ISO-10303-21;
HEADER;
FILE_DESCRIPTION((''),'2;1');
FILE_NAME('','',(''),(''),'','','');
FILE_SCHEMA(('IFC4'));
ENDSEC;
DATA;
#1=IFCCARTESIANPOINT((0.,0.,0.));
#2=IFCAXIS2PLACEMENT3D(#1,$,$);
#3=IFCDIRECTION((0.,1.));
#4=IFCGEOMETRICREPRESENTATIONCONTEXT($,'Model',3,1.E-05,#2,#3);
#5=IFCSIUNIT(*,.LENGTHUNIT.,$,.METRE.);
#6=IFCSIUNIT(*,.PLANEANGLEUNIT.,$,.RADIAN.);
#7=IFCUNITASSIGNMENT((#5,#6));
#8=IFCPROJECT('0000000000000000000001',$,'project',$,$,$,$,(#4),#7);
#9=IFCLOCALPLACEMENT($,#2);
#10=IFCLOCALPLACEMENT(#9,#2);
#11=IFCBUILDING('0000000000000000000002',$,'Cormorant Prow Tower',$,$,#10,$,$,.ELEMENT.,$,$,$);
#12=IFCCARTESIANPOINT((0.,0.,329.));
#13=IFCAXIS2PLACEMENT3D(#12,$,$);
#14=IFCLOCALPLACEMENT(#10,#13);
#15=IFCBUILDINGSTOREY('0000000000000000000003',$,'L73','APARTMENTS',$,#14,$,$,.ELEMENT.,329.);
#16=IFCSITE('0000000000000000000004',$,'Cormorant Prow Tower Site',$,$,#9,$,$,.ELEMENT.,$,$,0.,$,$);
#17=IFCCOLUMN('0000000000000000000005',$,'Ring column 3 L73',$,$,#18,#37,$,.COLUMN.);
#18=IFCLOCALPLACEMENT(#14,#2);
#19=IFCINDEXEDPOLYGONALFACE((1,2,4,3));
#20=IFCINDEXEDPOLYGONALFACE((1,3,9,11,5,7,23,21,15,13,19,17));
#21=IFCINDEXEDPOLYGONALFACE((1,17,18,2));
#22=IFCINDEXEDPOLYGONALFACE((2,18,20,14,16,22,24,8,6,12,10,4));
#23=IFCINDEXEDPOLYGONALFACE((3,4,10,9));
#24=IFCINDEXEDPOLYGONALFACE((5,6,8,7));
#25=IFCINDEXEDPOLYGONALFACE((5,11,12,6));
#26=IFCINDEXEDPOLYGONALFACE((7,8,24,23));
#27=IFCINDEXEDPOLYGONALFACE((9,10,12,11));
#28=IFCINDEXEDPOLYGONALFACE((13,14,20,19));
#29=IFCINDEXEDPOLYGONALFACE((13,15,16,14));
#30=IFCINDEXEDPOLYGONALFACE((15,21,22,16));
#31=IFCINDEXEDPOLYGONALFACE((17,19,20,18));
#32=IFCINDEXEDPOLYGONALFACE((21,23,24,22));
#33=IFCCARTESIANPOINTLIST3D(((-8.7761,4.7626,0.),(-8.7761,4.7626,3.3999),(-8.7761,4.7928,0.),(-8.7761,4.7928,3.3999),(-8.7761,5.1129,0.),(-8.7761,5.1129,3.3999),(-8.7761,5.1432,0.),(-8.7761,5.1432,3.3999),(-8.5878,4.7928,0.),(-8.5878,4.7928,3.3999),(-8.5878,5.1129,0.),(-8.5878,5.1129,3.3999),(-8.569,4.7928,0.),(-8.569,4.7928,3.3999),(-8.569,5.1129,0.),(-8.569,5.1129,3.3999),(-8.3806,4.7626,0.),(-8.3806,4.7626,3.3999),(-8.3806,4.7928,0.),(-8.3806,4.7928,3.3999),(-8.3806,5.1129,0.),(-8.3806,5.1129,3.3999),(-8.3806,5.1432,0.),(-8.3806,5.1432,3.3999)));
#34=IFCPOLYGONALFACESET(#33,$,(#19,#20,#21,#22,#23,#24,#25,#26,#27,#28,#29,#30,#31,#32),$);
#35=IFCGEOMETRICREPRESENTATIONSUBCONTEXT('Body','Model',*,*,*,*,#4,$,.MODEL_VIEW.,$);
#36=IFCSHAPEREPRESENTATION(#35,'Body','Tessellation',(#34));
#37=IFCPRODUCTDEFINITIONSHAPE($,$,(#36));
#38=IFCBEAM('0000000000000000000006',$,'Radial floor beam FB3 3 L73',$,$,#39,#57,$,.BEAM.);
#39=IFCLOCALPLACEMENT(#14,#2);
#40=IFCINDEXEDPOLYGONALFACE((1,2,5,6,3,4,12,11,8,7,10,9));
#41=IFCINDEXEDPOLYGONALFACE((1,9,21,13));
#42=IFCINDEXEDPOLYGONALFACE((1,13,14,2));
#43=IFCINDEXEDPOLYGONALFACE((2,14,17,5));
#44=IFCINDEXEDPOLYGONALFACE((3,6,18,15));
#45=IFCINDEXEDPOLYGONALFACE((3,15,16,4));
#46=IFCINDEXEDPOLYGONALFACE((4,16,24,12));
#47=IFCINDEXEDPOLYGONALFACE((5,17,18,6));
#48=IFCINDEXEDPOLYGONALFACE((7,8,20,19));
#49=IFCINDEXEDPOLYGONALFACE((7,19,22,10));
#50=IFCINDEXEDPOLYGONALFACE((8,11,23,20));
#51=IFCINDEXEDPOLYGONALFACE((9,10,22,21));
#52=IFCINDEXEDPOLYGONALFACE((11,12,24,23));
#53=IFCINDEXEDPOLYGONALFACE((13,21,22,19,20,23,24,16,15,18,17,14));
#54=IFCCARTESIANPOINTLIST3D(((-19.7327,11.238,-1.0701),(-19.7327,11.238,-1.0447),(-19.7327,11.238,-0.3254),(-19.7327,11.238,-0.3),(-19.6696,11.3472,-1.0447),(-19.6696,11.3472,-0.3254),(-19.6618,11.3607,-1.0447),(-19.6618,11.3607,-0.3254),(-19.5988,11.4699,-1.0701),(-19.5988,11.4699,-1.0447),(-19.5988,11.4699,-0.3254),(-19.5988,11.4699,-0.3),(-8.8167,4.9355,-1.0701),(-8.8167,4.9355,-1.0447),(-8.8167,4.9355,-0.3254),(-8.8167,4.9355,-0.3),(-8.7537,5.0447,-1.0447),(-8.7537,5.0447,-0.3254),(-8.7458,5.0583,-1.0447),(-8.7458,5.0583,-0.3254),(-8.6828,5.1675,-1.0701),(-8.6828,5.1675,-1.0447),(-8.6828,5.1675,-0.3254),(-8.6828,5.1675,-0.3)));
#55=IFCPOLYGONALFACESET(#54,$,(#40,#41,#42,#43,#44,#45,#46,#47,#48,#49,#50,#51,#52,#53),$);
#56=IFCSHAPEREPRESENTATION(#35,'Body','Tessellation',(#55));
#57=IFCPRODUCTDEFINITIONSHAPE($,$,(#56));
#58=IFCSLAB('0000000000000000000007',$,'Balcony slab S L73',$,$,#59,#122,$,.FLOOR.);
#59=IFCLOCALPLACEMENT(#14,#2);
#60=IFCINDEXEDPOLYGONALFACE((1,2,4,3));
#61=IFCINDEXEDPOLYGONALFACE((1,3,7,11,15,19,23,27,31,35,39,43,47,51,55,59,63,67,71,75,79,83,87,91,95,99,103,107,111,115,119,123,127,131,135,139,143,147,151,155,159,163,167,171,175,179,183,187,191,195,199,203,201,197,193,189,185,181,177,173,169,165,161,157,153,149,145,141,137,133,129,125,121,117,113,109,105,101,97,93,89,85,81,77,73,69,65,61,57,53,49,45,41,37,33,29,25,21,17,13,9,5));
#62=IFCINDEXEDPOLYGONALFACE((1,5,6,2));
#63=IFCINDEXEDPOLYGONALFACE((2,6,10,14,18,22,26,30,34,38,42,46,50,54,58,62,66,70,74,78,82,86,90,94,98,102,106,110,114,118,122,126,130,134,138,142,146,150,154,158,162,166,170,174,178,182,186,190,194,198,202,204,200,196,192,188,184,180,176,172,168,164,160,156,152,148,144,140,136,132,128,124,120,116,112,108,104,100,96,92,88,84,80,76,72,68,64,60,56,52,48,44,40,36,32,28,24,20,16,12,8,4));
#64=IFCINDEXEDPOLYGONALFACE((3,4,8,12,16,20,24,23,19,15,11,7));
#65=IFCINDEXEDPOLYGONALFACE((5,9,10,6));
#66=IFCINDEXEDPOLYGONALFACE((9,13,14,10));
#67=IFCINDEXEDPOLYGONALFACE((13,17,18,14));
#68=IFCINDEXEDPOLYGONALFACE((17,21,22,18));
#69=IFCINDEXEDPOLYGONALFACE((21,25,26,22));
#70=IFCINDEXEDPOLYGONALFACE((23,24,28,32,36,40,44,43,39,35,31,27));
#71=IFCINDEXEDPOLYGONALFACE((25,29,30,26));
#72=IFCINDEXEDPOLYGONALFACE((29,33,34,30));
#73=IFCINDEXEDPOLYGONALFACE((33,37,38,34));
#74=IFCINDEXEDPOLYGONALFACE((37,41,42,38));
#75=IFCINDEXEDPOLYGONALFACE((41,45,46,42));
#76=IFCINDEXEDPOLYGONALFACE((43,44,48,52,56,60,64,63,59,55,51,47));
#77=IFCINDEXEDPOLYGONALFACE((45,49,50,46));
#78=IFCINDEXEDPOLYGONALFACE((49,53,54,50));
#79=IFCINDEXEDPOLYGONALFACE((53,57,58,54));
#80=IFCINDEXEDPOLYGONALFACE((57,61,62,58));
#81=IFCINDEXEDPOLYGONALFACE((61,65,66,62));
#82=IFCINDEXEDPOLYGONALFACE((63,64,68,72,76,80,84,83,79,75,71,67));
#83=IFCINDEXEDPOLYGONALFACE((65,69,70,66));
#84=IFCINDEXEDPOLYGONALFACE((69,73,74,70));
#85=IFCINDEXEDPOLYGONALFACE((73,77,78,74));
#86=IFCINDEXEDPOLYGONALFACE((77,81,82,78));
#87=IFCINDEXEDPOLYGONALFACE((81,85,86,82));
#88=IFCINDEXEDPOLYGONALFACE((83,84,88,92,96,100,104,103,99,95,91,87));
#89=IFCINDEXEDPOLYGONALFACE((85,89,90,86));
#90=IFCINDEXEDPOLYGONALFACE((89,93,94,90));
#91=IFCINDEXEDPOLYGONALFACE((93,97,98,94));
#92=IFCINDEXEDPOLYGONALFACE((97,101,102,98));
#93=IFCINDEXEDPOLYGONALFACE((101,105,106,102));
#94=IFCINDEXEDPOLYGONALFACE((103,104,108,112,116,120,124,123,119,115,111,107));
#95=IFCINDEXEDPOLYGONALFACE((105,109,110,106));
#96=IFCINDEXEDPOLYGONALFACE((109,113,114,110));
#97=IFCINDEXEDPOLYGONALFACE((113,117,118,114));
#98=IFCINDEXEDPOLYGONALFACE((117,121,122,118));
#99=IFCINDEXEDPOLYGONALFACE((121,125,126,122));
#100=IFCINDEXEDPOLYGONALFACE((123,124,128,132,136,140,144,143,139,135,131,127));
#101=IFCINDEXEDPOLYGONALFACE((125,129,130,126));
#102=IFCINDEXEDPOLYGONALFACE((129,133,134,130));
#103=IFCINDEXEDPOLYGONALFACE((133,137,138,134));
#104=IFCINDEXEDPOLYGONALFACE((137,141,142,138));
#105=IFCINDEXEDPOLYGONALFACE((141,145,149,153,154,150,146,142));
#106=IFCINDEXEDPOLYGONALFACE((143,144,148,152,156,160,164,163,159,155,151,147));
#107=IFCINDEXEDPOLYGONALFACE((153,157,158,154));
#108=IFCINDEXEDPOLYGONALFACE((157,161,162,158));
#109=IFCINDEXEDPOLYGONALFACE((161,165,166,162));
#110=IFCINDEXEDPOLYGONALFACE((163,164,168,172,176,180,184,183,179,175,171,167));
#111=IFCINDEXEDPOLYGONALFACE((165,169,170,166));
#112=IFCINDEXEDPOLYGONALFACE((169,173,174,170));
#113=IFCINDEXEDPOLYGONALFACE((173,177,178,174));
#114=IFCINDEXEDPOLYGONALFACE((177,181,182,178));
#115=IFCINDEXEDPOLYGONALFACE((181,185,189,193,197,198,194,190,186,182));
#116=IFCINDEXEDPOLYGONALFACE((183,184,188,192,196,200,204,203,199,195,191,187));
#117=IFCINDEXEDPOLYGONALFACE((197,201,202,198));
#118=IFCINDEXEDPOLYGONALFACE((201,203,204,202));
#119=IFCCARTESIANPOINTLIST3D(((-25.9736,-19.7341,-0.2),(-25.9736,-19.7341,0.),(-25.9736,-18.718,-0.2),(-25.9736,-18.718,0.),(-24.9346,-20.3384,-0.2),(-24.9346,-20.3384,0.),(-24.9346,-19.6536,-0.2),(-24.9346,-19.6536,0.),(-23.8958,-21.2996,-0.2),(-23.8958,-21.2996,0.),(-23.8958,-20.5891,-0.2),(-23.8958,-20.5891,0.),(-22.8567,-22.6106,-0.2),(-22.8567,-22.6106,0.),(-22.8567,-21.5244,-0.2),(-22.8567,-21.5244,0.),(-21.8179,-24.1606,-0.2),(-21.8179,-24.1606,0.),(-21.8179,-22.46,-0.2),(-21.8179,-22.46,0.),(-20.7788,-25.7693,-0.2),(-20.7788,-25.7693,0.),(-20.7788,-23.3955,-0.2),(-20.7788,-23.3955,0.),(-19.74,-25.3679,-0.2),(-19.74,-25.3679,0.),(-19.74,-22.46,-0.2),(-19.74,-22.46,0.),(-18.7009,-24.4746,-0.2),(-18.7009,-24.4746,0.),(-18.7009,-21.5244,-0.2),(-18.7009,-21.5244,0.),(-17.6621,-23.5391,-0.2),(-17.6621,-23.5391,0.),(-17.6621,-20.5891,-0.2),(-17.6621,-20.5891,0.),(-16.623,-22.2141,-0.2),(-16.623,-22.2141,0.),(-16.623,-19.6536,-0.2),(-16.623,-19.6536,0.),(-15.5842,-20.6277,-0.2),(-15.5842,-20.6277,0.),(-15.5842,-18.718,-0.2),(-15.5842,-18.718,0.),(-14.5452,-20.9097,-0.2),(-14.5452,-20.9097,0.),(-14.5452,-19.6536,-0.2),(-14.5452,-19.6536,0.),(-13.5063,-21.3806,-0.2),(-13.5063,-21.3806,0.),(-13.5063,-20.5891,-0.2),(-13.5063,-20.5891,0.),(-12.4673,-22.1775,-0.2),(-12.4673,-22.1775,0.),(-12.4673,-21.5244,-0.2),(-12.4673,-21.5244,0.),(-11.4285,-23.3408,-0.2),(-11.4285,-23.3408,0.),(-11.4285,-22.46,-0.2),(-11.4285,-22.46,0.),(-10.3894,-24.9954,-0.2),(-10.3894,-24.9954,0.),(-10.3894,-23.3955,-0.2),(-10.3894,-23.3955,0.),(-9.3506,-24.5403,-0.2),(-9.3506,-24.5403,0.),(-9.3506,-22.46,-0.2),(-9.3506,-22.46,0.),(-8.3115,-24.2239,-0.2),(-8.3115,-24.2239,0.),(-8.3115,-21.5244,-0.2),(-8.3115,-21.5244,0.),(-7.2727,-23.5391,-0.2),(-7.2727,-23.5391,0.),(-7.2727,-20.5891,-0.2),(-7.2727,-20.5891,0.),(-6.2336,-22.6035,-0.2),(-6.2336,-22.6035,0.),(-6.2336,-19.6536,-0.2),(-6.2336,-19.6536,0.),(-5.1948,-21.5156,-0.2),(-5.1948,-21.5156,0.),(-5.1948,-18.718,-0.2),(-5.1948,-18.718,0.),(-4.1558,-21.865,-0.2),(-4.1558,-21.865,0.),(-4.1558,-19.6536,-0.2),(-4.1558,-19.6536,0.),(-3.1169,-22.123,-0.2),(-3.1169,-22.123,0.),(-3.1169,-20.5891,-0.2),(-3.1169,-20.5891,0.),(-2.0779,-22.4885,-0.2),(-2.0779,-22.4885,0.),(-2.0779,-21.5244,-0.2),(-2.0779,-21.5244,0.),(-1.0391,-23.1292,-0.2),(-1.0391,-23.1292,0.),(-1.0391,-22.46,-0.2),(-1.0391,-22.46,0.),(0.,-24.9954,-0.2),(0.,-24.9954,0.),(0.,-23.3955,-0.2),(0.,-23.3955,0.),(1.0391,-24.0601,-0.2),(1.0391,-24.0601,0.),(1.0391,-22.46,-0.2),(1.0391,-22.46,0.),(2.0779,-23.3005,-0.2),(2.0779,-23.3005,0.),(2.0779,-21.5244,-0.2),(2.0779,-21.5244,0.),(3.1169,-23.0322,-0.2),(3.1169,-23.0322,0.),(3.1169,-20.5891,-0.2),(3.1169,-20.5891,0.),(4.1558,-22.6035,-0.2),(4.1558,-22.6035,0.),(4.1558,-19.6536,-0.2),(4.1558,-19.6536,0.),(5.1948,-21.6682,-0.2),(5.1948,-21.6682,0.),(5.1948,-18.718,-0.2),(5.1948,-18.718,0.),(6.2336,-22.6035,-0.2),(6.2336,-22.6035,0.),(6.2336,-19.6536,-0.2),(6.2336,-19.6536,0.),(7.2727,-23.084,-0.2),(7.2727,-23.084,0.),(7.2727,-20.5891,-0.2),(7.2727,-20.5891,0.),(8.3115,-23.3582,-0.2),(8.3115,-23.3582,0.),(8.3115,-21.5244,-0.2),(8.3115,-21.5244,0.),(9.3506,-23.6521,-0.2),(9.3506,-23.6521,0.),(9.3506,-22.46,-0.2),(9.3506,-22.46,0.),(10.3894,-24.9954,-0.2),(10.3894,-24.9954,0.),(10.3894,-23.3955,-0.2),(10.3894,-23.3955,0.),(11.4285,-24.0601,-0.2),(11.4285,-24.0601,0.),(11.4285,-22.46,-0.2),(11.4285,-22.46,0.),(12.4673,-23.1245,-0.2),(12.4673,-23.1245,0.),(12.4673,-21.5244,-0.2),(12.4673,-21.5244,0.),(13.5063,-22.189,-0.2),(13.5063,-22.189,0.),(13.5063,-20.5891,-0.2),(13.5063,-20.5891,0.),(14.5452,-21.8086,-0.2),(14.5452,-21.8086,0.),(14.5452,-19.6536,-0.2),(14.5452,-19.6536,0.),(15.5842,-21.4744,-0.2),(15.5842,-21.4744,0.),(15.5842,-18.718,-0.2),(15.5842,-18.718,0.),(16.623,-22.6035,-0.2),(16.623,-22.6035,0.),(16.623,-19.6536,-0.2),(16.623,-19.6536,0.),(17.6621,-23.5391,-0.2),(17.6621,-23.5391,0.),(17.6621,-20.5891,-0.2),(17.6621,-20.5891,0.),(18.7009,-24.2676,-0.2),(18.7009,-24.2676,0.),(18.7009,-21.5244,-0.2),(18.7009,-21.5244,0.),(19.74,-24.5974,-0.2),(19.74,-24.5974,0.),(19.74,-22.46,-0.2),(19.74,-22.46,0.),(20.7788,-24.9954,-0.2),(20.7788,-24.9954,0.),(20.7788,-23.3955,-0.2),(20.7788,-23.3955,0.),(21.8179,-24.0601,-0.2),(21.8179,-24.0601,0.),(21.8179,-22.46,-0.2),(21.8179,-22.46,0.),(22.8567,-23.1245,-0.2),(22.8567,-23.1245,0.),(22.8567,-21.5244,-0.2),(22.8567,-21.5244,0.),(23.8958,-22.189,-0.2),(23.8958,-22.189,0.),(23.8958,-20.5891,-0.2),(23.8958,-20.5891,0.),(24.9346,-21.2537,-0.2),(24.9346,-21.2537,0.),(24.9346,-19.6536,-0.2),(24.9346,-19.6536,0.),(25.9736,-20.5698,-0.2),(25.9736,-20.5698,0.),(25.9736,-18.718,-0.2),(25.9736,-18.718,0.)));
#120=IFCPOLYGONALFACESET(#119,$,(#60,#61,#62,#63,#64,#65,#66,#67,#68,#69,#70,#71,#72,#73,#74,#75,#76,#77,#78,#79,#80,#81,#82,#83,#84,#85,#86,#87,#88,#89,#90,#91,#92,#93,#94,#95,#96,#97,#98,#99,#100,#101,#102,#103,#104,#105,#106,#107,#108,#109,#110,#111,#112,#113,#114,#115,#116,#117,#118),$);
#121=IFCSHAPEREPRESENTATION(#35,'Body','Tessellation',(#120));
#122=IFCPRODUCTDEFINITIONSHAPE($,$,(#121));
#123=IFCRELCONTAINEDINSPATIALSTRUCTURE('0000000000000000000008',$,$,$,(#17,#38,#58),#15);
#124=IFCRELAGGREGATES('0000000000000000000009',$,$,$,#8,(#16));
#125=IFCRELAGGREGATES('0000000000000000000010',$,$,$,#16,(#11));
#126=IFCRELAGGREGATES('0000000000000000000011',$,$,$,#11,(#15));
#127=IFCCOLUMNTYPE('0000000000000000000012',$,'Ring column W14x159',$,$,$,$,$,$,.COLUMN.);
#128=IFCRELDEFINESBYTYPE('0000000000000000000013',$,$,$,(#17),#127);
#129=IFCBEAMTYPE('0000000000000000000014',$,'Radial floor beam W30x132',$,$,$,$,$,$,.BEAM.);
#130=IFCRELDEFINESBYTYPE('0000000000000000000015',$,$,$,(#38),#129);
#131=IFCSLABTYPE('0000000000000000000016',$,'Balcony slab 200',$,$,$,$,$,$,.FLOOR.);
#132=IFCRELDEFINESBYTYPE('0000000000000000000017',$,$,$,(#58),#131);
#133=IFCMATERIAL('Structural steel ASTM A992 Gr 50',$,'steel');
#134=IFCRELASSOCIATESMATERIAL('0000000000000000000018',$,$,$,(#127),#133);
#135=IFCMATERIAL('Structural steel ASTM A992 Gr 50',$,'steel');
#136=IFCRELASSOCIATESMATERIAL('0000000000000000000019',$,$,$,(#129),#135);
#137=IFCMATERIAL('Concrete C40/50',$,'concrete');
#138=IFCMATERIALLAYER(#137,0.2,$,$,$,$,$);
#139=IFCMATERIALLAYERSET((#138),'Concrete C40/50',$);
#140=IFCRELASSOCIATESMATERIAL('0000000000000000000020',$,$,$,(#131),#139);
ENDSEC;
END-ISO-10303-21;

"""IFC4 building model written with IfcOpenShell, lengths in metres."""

from ifc_helpers import new_model, si_unit, direction, frame, origin, origin_2d, place, context, subcontext, project, spatial, polyline, i_section, outline, extrude, material, layer, layer_set, material_profile, profile_set, type_object, element, save


model = new_model("IFC4")

# Units and contexts
model_context = context("Model", 3, precision=1e-05, world=origin(), true_north=direction((0.0, 1.0)))
body_context = subcontext(model_context, "Body", "Model", "MODEL_VIEW")
ifc_project = project(units=[si_unit("LENGTHUNIT", "METRE"), si_unit("PLANEANGLEUNIT", "RADIAN")], contexts=[model_context])

# Site, building, storey
site_placement = place(None, origin())
site = spatial("IfcSite", under=ifc_project, at=site_placement, Name="Cormorant Prow Tower Site", CompositionType="ELEMENT", RefElevation=0.0)
building_placement = place(site_placement, origin())
building = spatial("IfcBuilding", under=site, at=building_placement, Name="Cormorant Prow Tower", CompositionType="ELEMENT")
storey_placement = place(building_placement, frame((0.0, 0.0, 329.0)))
storey = spatial("IfcBuildingStorey", under=building, at=storey_placement, Name="L73", Description="APARTMENTS", CompositionType="ELEMENT", Elevation=329.0)

# Column
ifc_material_1 = material(Name="Structural steel ASTM A992 Gr 50", Category="steel")
ifc_material_profile_1 = material_profile(ifc_material_1, i_section(OverallWidth=0.3955, OverallDepth=0.3806, WebThickness=0.0188, FlangeThickness=0.0303, at=origin_2d()), Name="W14x159")
ifc_profile_set_1 = profile_set([ifc_material_profile_1], Name="Structural steel ASTM A992 Gr 50")
column_type = type_object("IfcColumnType", Name="Ring column W14x159", PredefinedType="COLUMN", material=ifc_profile_set_1)
column_placement = place(storey_placement, frame((-8.5784, 4.9529, 0.0), z_axis=(0.0, 0.0, 1.0), x_axis=(1.0, 0.0, 0.0)))
element("IfcColumn", 1, at=column_placement, inside=storey, type_object=column_type, Name="Ring column 3 L73", PredefinedType="COLUMN", context=body_context, shape_type="SweptSolid", body=[
    extrude(i_section(OverallWidth=0.3955, OverallDepth=0.3806, WebThickness=0.0188, FlangeThickness=0.0303, at=origin_2d()), origin(), (0.0, 0.0, 1.0), 3.3999),
])

# Beam
ifc_material_2 = material(Name="Structural steel ASTM A992 Gr 50", Category="steel")
ifc_material_profile_2 = material_profile(ifc_material_2, i_section(OverallWidth=0.2678, OverallDepth=0.77, WebThickness=0.0156, FlangeThickness=0.0254, at=origin_2d()), Name="W30x132")
ifc_profile_set_2 = profile_set([ifc_material_profile_2], Name="Structural steel ASTM A992 Gr 50")
beam_type = type_object("IfcBeamType", Name="Radial floor beam W30x132", PredefinedType="BEAM", material=ifc_profile_set_2)
beam_placement = place(storey_placement, frame((-8.7498, 5.0515, -0.6851), z_axis=(-0.866021, 0.500007, 0.0), x_axis=(-0.500007, -0.866021, 0.0)))
element("IfcBeam", 2, at=beam_placement, inside=storey, type_object=beam_type, Name="Radial floor beam FB3 3 L73", PredefinedType="BEAM", context=body_context, shape_type="SweptSolid", body=[
    extrude(i_section(OverallWidth=0.2678, OverallDepth=0.77, WebThickness=0.0156, FlangeThickness=0.0254, at=origin_2d()), origin(), (0.0, 0.0, 1.0), 12.6047),
])

# Slab
ifc_material_3 = material(Name="Concrete C40/50", Category="concrete")
ifc_layer_1 = layer(ifc_material_3, 0.2)
ifc_layer_set_1 = layer_set([ifc_layer_1], Name="Concrete C40/50")
slab_type_1 = type_object("IfcSlabType", Name="Balcony slab 200", PredefinedType="FLOOR", material=ifc_layer_set_1)
slab_1_placement = place(storey_placement, frame((0.0, 0.0, -0.2)))
element("IfcSlab", 3, at=slab_1_placement, inside=storey, type_object=slab_type_1, Name="Balcony slab S L73", PredefinedType="FLOOR", context=body_context, shape_type="SweptSolid", body=[
    extrude(outline(polyline([(-25.9736, -18.718), (-25.9736, -19.7341), (-24.9346, -20.3384), (-23.8958, -21.2996), (-22.8567, -22.6106), (-21.8179, -24.1606), (-20.7788, -25.7693), (-19.74, -25.3679), (-18.7009, -24.4746), (-17.6621, -23.5391), (-16.623, -22.2141), (-15.5842, -20.6277), (-14.5452, -20.9097), (-13.5063, -21.3806), (-12.4673, -22.1775), (-11.4285, -23.3408), (-10.3894, -24.9954), (-9.3506, -24.5403), (-8.3115, -24.2239), (-7.2727, -23.5391), (-6.2336, -22.6035), (-5.1948, -21.5156), (-4.1558, -21.865), (-3.1169, -22.123), (-2.0779, -22.4885), (-1.0391, -23.1292), (0.0, -24.9954), (1.0391, -24.0601), (2.0779, -23.3005), (3.1169, -23.0322), (4.1558, -22.6035), (5.1948, -21.6682), (6.2336, -22.6035), (7.2727, -23.084), (8.3115, -23.3582), (9.3506, -23.6521), (10.3894, -24.9954), (11.4285, -24.0601), (12.4673, -23.1245), (13.5063, -22.189), (14.5452, -21.8086), (15.5842, -21.4744), (16.623, -22.6035), (17.6621, -23.5391), (18.7009, -24.2676), (19.74, -24.5974), (20.7788, -24.9954), (21.8179, -24.0601), (22.8567, -23.1245), (23.8958, -22.189), (24.9346, -21.2537), (25.9736, -20.5698), (25.9736, -18.718), (24.9346, -19.6536), (23.8958, -20.5891), (22.8567, -21.5244), (21.8179, -22.46), (20.7788, -23.3955), (19.74, -22.46), (18.7009, -21.5244), (17.6621, -20.5891), (16.623, -19.6536), (15.5842, -18.718), (14.5452, -19.6536), (13.5063, -20.5891), (12.4673, -21.5244), (11.4285, -22.46), (10.3894, -23.3955), (9.3506, -22.46), (8.3115, -21.5244), (7.2727, -20.5891), (6.2336, -19.6536), (5.1948, -18.718), (4.1558, -19.6536), (3.1169, -20.5891), (2.0779, -21.5244), (1.0391, -22.46), (0.0, -23.3955), (-1.0391, -22.46), (-2.0779, -21.5244), (-3.1169, -20.5891), (-4.1558, -19.6536), (-5.1948, -18.718), (-6.2336, -19.6536), (-7.2727, -20.5891), (-8.3115, -21.5244), (-9.3506, -22.46), (-10.3894, -23.3955), (-11.4285, -22.46), (-12.4673, -21.5244), (-13.5063, -20.5891), (-14.5452, -19.6536), (-15.5842, -18.718), (-16.623, -19.6536), (-17.6621, -20.5891), (-18.7009, -21.5244), (-19.74, -22.46), (-20.7788, -23.3955), (-21.8179, -22.46), (-22.8567, -21.5244), (-23.8958, -20.5891), (-24.9346, -19.6536), (-25.9736, -18.718)])), origin(), (0.0, 0.0, 1.0), 0.2),
])

save(model, "model.ifc")
